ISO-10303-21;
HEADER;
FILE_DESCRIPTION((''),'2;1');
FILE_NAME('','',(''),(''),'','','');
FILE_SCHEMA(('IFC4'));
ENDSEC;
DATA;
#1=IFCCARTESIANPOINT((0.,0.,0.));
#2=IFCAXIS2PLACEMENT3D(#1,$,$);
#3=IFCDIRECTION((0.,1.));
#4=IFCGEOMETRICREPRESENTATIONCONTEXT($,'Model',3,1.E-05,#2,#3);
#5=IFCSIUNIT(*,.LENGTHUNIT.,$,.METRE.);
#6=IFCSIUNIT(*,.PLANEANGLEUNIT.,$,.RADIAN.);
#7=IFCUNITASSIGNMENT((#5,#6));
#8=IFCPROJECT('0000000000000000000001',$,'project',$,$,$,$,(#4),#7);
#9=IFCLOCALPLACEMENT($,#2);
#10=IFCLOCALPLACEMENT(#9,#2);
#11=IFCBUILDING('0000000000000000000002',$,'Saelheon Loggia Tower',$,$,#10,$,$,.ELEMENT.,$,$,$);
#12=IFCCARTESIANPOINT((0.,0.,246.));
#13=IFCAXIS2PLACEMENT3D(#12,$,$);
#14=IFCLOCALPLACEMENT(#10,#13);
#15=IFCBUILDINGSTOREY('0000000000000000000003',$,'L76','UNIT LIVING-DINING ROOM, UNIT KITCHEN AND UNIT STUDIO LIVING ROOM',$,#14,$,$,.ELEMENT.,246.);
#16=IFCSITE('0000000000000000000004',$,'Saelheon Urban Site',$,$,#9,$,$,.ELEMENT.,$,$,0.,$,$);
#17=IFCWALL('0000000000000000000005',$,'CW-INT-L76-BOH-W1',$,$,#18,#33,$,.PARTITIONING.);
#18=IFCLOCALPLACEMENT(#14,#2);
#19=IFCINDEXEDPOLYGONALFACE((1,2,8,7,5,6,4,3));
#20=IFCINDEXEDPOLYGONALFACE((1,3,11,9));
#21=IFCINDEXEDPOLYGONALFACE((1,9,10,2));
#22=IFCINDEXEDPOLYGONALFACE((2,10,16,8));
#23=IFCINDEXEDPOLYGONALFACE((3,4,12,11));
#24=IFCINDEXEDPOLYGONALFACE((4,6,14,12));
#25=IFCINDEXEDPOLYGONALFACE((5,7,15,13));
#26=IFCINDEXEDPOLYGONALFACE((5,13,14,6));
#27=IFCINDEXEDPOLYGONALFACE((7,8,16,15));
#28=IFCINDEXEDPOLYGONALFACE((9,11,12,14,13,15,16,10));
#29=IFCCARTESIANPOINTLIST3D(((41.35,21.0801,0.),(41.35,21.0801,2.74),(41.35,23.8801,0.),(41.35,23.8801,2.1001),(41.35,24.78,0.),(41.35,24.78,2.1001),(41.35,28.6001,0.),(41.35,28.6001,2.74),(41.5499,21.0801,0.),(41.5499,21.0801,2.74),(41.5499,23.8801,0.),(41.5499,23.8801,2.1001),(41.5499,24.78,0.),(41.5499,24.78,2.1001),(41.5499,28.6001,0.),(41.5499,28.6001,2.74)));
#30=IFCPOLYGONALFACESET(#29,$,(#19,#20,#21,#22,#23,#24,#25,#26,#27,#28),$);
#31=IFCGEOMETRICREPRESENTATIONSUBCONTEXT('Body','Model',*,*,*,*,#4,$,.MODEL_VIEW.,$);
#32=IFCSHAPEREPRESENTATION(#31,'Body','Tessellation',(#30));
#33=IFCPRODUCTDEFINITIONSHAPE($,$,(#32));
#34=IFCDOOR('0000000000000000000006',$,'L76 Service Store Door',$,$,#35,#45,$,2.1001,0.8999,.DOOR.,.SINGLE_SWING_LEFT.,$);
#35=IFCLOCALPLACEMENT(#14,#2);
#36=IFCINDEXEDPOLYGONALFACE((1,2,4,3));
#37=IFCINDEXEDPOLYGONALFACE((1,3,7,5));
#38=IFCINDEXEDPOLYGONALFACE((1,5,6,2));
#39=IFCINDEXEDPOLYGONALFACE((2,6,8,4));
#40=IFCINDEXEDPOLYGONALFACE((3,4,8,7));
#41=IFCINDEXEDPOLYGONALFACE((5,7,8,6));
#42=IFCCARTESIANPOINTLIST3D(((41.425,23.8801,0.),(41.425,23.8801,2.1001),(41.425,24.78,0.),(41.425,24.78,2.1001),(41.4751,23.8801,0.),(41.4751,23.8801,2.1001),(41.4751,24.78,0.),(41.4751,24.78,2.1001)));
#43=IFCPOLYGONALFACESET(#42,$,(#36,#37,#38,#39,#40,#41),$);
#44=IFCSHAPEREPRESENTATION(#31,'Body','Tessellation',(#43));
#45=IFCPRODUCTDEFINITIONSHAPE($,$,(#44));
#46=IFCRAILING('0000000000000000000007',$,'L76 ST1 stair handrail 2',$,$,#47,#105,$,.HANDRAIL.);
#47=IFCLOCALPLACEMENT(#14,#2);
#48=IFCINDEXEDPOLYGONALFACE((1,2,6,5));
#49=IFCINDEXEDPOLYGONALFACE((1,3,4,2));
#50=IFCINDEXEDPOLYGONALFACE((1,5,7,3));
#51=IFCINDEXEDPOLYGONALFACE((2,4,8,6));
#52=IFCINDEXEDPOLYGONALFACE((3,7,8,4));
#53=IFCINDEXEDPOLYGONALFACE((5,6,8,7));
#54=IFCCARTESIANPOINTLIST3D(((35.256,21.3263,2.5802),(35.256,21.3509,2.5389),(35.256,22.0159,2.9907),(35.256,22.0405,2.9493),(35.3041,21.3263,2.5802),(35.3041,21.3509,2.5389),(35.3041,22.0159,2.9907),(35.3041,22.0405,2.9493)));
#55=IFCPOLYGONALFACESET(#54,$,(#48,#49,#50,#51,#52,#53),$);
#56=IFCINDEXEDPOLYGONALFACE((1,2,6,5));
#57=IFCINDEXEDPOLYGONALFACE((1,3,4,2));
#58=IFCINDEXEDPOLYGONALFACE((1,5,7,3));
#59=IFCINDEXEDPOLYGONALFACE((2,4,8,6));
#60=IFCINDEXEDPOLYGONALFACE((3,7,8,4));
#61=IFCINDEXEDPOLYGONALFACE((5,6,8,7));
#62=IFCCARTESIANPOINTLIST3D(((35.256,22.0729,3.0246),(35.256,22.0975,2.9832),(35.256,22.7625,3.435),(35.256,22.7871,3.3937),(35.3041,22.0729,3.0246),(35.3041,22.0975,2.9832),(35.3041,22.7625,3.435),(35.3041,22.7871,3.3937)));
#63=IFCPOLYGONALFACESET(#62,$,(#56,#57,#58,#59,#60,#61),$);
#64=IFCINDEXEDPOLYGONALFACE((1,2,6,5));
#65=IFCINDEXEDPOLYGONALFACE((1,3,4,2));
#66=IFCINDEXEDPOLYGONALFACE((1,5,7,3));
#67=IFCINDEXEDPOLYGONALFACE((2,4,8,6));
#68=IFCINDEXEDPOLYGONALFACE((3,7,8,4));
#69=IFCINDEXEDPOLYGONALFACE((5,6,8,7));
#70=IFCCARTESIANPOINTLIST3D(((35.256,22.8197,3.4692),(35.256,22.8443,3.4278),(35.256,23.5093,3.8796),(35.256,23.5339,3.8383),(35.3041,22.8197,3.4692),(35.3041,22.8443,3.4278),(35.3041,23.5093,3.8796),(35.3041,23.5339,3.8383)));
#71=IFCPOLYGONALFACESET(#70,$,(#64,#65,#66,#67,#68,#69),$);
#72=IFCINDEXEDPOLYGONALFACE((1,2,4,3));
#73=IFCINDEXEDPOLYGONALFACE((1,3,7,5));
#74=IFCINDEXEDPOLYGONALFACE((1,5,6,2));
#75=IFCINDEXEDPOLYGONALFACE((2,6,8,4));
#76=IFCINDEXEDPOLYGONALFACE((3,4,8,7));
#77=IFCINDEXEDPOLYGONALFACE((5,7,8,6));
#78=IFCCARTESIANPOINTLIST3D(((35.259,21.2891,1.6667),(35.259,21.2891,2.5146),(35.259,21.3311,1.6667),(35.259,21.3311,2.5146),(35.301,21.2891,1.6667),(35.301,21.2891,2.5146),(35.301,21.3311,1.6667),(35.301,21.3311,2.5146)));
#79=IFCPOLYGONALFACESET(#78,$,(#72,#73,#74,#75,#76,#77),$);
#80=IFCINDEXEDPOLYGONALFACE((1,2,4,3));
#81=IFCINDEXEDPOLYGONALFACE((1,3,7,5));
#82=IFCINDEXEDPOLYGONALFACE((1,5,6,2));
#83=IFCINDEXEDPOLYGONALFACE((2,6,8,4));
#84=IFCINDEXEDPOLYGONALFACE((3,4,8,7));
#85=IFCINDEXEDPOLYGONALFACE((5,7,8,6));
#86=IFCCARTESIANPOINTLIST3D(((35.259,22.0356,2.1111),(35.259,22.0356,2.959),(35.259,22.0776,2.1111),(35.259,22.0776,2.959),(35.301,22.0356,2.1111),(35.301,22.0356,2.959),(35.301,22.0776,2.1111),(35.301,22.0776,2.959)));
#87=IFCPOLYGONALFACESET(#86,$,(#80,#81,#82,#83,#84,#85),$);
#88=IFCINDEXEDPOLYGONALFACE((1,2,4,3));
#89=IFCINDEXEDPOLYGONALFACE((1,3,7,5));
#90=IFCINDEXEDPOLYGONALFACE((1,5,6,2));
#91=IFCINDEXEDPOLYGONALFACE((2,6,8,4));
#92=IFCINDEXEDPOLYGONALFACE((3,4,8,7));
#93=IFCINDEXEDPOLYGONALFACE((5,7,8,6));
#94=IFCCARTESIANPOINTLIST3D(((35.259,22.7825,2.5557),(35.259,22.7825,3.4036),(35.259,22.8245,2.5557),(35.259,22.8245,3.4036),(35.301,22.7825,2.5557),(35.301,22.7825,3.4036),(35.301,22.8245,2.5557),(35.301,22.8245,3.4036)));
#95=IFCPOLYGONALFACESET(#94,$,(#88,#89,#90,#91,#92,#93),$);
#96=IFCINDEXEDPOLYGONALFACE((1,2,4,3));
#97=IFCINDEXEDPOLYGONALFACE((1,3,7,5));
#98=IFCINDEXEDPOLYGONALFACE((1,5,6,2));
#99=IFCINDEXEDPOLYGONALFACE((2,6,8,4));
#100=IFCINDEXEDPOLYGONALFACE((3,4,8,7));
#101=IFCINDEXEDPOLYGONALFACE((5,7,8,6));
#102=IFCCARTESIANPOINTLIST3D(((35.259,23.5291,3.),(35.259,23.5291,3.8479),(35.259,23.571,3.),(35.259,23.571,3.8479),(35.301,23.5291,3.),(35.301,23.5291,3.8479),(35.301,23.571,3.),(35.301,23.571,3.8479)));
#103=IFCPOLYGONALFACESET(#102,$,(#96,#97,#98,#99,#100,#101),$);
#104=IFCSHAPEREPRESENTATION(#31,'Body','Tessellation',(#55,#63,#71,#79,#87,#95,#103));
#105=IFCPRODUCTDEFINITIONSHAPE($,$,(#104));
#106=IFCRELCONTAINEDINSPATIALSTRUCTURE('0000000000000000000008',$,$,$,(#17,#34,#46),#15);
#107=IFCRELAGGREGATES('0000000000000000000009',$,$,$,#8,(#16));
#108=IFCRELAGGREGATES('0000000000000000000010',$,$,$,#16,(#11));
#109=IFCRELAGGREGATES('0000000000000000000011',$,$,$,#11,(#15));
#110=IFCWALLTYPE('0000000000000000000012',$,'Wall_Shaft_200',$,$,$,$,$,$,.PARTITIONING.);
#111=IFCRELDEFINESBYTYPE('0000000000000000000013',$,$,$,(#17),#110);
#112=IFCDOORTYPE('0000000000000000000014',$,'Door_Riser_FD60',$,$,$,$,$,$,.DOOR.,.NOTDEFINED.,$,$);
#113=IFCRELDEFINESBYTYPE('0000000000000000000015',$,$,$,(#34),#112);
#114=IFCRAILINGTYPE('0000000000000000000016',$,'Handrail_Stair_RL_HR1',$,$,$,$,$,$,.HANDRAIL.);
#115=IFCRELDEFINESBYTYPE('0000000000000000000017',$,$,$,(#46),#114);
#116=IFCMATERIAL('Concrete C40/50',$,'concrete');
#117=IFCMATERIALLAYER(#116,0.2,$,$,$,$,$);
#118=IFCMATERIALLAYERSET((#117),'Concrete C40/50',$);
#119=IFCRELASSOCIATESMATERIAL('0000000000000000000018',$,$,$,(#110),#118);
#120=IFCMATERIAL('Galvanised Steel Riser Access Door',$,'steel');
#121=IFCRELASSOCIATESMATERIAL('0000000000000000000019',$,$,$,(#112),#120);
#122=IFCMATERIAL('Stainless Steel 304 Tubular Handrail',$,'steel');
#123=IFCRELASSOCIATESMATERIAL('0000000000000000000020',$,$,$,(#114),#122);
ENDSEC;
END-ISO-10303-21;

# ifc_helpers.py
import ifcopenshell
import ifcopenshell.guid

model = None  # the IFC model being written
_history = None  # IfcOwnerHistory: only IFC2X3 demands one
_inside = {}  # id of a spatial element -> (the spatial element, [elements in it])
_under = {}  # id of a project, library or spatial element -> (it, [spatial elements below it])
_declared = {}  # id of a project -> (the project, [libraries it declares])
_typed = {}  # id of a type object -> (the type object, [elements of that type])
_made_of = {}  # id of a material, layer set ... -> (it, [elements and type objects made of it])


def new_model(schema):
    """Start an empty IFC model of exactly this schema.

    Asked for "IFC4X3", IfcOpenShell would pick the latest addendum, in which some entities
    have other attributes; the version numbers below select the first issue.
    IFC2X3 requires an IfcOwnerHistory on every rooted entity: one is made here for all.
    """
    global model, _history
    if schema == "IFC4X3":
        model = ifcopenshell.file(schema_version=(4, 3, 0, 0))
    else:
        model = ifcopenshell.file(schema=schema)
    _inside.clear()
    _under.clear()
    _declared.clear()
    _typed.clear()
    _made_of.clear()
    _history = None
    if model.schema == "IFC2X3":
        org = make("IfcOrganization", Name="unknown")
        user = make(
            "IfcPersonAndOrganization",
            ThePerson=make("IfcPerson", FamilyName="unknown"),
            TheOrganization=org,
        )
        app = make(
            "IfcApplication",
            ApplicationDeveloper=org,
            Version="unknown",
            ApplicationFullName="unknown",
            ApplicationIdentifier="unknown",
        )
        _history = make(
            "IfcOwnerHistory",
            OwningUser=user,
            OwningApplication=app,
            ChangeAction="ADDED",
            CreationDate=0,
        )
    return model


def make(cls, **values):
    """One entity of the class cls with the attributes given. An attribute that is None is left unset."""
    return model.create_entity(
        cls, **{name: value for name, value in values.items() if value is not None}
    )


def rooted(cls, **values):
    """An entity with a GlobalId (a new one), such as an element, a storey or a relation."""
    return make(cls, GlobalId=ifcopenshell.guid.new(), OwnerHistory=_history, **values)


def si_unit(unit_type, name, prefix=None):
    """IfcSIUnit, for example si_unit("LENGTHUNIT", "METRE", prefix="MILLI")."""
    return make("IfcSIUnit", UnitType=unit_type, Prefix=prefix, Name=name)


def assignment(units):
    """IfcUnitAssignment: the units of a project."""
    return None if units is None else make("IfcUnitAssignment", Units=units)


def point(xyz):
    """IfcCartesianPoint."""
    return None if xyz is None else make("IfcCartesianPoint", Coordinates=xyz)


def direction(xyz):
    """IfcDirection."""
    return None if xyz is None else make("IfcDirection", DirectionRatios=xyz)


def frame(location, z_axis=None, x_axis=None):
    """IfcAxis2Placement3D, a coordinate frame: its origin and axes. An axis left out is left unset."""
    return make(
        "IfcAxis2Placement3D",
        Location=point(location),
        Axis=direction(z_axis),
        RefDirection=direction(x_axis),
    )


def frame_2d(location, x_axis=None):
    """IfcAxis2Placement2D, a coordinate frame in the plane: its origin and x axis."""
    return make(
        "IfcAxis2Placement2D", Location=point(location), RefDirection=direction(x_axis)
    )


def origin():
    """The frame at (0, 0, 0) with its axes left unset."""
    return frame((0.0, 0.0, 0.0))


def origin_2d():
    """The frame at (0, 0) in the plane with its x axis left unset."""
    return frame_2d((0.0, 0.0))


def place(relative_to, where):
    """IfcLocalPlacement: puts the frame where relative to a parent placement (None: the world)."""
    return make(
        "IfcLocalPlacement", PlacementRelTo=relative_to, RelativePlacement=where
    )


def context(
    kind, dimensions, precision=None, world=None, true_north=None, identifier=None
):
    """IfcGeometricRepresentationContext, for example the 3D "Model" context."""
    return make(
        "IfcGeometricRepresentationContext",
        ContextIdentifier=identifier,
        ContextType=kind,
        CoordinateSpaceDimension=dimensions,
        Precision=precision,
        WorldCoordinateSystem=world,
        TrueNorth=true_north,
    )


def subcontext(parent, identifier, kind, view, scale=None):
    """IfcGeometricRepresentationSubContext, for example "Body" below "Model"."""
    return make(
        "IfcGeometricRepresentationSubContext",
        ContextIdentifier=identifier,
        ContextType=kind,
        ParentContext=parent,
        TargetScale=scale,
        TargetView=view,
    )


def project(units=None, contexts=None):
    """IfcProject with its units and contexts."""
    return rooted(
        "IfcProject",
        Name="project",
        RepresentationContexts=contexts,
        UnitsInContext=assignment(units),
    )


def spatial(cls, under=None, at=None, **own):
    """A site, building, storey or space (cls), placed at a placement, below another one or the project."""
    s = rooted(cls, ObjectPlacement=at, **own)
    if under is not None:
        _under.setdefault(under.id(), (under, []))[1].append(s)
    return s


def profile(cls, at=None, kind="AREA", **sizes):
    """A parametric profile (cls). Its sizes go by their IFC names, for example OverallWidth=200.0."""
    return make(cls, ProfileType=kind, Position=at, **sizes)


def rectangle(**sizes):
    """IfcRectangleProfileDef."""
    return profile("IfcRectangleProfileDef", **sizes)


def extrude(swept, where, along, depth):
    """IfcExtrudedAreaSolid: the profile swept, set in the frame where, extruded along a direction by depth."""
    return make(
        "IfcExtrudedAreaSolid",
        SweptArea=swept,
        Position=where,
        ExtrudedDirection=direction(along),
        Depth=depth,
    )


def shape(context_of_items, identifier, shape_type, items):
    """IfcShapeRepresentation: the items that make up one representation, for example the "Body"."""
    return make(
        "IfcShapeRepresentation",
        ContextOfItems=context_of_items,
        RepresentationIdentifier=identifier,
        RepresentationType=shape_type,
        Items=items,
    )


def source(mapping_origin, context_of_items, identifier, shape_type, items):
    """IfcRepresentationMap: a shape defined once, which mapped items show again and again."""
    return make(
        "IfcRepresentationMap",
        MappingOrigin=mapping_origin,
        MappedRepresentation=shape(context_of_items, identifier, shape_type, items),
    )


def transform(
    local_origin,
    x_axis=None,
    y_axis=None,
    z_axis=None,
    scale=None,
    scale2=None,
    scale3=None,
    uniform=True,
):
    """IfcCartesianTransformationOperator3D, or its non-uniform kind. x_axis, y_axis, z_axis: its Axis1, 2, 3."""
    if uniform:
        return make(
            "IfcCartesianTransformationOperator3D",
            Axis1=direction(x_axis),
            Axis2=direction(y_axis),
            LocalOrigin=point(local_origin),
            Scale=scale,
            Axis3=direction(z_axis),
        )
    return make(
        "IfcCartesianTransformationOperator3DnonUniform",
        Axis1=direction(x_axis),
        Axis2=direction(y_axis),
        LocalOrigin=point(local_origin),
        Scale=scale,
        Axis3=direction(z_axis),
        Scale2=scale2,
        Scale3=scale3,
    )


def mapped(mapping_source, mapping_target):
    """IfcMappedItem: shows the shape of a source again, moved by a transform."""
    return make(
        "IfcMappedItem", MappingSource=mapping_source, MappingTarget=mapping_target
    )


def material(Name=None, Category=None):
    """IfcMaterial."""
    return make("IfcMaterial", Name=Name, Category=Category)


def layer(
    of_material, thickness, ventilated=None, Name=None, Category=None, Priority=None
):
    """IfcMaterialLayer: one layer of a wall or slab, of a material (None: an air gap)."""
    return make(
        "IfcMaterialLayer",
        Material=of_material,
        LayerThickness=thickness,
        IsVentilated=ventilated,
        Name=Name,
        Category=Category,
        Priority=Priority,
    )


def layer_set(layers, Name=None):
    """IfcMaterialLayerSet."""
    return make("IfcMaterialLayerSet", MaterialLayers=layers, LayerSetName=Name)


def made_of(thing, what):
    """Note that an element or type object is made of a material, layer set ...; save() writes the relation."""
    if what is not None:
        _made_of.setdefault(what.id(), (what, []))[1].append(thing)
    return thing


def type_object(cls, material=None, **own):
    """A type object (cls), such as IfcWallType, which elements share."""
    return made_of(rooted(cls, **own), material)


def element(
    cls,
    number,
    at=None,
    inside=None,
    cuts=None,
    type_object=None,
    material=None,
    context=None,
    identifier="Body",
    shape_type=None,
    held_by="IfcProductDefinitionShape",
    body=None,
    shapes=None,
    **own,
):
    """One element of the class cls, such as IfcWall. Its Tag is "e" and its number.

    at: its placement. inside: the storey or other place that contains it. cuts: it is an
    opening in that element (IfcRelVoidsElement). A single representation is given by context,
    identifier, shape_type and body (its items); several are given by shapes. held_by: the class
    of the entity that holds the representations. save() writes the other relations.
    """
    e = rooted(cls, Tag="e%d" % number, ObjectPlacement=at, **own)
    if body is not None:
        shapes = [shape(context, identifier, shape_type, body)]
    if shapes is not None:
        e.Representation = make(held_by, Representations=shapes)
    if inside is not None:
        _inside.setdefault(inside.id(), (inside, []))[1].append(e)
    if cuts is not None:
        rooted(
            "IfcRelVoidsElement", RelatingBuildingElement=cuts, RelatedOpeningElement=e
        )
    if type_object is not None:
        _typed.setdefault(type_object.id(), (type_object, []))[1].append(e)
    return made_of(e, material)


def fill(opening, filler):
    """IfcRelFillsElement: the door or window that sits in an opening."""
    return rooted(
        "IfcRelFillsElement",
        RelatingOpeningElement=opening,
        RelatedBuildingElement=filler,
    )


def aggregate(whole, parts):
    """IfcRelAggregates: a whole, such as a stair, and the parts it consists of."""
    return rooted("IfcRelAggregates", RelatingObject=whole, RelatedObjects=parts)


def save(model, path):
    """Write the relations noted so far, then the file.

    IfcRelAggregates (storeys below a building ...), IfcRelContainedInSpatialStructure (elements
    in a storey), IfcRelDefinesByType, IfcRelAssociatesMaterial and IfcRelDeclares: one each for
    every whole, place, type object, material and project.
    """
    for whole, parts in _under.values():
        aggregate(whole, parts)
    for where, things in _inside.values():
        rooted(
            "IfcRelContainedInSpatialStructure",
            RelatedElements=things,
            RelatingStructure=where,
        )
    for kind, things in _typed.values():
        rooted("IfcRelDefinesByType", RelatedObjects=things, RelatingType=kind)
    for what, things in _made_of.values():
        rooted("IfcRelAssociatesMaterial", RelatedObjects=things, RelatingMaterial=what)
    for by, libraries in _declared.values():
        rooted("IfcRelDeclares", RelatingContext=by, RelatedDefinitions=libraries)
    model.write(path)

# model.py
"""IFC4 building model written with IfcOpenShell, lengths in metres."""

from ifc_helpers import new_model, si_unit, direction, frame, frame_2d, origin, origin_2d, place, context, subcontext, project, spatial, rectangle, extrude, source, transform, mapped, material, layer, layer_set, type_object, element, fill, save


model = new_model("IFC4")

# Units and contexts
model_context = context("Model", 3, precision=1e-05, world=origin(), true_north=direction((0.0, 1.0)))
body_context = subcontext(model_context, "Body", "Model", "MODEL_VIEW")
ifc_project = project(units=[si_unit("LENGTHUNIT", "METRE"), si_unit("PLANEANGLEUNIT", "RADIAN")], contexts=[model_context])

# Site, building, storey
site_placement = place(None, origin())
site = spatial("IfcSite", under=ifc_project, at=site_placement, Name="Saelheon Urban Site", CompositionType="ELEMENT", RefElevation=0.0)
building_placement = place(site_placement, origin())
building = spatial("IfcBuilding", under=site, at=building_placement, Name="Saelheon Loggia Tower", CompositionType="ELEMENT")
storey_placement = place(building_placement, frame((0.0, 0.0, 246.0)))
storey = spatial("IfcBuildingStorey", under=building, at=storey_placement, Name="L76", Description="UNIT LIVING-DINING ROOM, UNIT KITCHEN AND UNIT STUDIO LIVING ROOM", CompositionType="ELEMENT", Elevation=246.0)

# Shared definitions
ifc_material_1 = material(Name="Concrete C40/50", Category="concrete")

# Shared definitions
ifc_layer_1 = layer(ifc_material_1, 0.2)
ifc_layer_set_1 = layer_set([ifc_layer_1], Name="Concrete C40/50")
wall_type_1 = type_object("IfcWallType", Name="Wall_Shaft_200", PredefinedType="PARTITIONING", material=ifc_layer_set_1)

# Shared definitions
ifc_material_2 = material(Name="Galvanised Steel Riser Access Door", Category="steel")
door_type_1 = type_object("IfcDoorType", Name="Door_Riser_FD60", OperationType="NOTDEFINED", PredefinedType="DOOR", material=ifc_material_2)
shared_shape_1 = source(origin(), body_context, "Body", "SweptSolid", [
    extrude(rectangle(XDim=0.8999, YDim=2.1001, at=frame_2d((0.45, 1.05))), frame((0.0, 0.0249, 0.0), z_axis=(0.0, -1.0, 0.0), x_axis=(1.0, 0.0, 0.0)), (0.0, 0.0, 1.0), 0.05),
])

# Wall, opening, door
wall_1_placement = place(storey_placement, frame((41.45, 21.0801, 0.0), z_axis=(0.0, 0.0, 1.0), x_axis=(0.0, 1.0, 0.0)))
wall_1 = element("IfcWall", 1, at=wall_1_placement, inside=storey, type_object=wall_type_1, Name="CW-INT-L76-BOH-W1", PredefinedType="PARTITIONING", context=body_context, shape_type="SweptSolid", body=[
    extrude(rectangle(XDim=7.52, YDim=0.2, at=frame_2d((3.76, 0.0))), origin(), (0.0, 0.0, 1.0), 2.74),
])
opening_1_placement = place(wall_1_placement, frame((2.8, 0.0, 0.0)))
opening_1 = element("IfcOpeningElement", 2, at=opening_1_placement, cuts=wall_1, PredefinedType="OPENING", context=body_context, shape_type="SweptSolid", body=[
    extrude(rectangle(XDim=0.8999, YDim=2.1001, at=frame_2d((0.45, 1.05))), frame((0.0, 0.1121, 0.0), z_axis=(0.0, -1.0, 0.0), x_axis=(1.0, 0.0, 0.0)), (0.0, 0.0, 1.0), 0.2239),
])
door_1_placement = place(opening_1_placement, origin())
door_1 = element("IfcDoor", 3, at=door_1_placement, inside=storey, type_object=door_type_1, Name="L76 Service Store Door", OperationType="SINGLE_SWING_LEFT", OverallHeight=2.1001, OverallWidth=0.8999, PredefinedType="DOOR", context=body_context, shape_type="MappedRepresentation", body=[
    mapped(shared_shape_1, transform((0.0, 0.0, 0.0), scale=1.0)),
])
fill(opening_1, door_1)

# Railing
ifc_material_3 = material(Name="Stainless Steel 304 Tubular Handrail", Category="steel")
railing_type = type_object("IfcRailingType", Name="Handrail_Stair_RL_HR1", PredefinedType="HANDRAIL", material=ifc_material_3)
railing_placement = place(storey_placement, frame((35.28, 21.3101, 1.6667)))
element("IfcRailing", 4, at=railing_placement, inside=storey, type_object=railing_type, Name="L76 ST1 stair handrail 2", PredefinedType="HANDRAIL", context=body_context, shape_type="SweptSolid", body=[
    extrude(rectangle(XDim=0.0481, YDim=0.0481, at=origin_2d()), frame((0.0, 0.0286, 0.8928), z_axis=(0.0, 0.859306, 0.511462), x_axis=(-1.0, 0.0, 0.0)), (0.0, 0.0, 1.0), 0.8025),
    extrude(rectangle(XDim=0.0481, YDim=0.0481, at=origin_2d()), frame((0.0, 0.7751, 1.3372), z_axis=(0.0, 0.859306, 0.511462), x_axis=(-1.0, 0.0, 0.0)), (0.0, 0.0, 1.0), 0.8025),
    extrude(rectangle(XDim=0.0481, YDim=0.0481, at=origin_2d()), frame((0.0, 1.522, 1.7817), z_axis=(0.0, 0.859306, 0.511462), x_axis=(-1.0, 0.0, 0.0)), (0.0, 0.0, 1.0), 0.8025),
    extrude(rectangle(XDim=0.042, YDim=0.042, at=origin_2d()), origin(), (0.0, 0.0, 1.0), 0.8479),
    extrude(rectangle(XDim=0.042, YDim=0.042, at=origin_2d()), frame((0.0, 0.7466, 0.4443)), (0.0, 0.0, 1.0), 0.8479),
    extrude(rectangle(XDim=0.042, YDim=0.042, at=origin_2d()), frame((0.0, 1.4934, 0.8889)), (0.0, 0.0, 1.0), 0.8479),
    extrude(rectangle(XDim=0.042, YDim=0.042, at=origin_2d()), frame((0.0, 2.24, 1.3333)), (0.0, 0.0, 1.0), 0.8479),
])

save(model, "model.ifc")
